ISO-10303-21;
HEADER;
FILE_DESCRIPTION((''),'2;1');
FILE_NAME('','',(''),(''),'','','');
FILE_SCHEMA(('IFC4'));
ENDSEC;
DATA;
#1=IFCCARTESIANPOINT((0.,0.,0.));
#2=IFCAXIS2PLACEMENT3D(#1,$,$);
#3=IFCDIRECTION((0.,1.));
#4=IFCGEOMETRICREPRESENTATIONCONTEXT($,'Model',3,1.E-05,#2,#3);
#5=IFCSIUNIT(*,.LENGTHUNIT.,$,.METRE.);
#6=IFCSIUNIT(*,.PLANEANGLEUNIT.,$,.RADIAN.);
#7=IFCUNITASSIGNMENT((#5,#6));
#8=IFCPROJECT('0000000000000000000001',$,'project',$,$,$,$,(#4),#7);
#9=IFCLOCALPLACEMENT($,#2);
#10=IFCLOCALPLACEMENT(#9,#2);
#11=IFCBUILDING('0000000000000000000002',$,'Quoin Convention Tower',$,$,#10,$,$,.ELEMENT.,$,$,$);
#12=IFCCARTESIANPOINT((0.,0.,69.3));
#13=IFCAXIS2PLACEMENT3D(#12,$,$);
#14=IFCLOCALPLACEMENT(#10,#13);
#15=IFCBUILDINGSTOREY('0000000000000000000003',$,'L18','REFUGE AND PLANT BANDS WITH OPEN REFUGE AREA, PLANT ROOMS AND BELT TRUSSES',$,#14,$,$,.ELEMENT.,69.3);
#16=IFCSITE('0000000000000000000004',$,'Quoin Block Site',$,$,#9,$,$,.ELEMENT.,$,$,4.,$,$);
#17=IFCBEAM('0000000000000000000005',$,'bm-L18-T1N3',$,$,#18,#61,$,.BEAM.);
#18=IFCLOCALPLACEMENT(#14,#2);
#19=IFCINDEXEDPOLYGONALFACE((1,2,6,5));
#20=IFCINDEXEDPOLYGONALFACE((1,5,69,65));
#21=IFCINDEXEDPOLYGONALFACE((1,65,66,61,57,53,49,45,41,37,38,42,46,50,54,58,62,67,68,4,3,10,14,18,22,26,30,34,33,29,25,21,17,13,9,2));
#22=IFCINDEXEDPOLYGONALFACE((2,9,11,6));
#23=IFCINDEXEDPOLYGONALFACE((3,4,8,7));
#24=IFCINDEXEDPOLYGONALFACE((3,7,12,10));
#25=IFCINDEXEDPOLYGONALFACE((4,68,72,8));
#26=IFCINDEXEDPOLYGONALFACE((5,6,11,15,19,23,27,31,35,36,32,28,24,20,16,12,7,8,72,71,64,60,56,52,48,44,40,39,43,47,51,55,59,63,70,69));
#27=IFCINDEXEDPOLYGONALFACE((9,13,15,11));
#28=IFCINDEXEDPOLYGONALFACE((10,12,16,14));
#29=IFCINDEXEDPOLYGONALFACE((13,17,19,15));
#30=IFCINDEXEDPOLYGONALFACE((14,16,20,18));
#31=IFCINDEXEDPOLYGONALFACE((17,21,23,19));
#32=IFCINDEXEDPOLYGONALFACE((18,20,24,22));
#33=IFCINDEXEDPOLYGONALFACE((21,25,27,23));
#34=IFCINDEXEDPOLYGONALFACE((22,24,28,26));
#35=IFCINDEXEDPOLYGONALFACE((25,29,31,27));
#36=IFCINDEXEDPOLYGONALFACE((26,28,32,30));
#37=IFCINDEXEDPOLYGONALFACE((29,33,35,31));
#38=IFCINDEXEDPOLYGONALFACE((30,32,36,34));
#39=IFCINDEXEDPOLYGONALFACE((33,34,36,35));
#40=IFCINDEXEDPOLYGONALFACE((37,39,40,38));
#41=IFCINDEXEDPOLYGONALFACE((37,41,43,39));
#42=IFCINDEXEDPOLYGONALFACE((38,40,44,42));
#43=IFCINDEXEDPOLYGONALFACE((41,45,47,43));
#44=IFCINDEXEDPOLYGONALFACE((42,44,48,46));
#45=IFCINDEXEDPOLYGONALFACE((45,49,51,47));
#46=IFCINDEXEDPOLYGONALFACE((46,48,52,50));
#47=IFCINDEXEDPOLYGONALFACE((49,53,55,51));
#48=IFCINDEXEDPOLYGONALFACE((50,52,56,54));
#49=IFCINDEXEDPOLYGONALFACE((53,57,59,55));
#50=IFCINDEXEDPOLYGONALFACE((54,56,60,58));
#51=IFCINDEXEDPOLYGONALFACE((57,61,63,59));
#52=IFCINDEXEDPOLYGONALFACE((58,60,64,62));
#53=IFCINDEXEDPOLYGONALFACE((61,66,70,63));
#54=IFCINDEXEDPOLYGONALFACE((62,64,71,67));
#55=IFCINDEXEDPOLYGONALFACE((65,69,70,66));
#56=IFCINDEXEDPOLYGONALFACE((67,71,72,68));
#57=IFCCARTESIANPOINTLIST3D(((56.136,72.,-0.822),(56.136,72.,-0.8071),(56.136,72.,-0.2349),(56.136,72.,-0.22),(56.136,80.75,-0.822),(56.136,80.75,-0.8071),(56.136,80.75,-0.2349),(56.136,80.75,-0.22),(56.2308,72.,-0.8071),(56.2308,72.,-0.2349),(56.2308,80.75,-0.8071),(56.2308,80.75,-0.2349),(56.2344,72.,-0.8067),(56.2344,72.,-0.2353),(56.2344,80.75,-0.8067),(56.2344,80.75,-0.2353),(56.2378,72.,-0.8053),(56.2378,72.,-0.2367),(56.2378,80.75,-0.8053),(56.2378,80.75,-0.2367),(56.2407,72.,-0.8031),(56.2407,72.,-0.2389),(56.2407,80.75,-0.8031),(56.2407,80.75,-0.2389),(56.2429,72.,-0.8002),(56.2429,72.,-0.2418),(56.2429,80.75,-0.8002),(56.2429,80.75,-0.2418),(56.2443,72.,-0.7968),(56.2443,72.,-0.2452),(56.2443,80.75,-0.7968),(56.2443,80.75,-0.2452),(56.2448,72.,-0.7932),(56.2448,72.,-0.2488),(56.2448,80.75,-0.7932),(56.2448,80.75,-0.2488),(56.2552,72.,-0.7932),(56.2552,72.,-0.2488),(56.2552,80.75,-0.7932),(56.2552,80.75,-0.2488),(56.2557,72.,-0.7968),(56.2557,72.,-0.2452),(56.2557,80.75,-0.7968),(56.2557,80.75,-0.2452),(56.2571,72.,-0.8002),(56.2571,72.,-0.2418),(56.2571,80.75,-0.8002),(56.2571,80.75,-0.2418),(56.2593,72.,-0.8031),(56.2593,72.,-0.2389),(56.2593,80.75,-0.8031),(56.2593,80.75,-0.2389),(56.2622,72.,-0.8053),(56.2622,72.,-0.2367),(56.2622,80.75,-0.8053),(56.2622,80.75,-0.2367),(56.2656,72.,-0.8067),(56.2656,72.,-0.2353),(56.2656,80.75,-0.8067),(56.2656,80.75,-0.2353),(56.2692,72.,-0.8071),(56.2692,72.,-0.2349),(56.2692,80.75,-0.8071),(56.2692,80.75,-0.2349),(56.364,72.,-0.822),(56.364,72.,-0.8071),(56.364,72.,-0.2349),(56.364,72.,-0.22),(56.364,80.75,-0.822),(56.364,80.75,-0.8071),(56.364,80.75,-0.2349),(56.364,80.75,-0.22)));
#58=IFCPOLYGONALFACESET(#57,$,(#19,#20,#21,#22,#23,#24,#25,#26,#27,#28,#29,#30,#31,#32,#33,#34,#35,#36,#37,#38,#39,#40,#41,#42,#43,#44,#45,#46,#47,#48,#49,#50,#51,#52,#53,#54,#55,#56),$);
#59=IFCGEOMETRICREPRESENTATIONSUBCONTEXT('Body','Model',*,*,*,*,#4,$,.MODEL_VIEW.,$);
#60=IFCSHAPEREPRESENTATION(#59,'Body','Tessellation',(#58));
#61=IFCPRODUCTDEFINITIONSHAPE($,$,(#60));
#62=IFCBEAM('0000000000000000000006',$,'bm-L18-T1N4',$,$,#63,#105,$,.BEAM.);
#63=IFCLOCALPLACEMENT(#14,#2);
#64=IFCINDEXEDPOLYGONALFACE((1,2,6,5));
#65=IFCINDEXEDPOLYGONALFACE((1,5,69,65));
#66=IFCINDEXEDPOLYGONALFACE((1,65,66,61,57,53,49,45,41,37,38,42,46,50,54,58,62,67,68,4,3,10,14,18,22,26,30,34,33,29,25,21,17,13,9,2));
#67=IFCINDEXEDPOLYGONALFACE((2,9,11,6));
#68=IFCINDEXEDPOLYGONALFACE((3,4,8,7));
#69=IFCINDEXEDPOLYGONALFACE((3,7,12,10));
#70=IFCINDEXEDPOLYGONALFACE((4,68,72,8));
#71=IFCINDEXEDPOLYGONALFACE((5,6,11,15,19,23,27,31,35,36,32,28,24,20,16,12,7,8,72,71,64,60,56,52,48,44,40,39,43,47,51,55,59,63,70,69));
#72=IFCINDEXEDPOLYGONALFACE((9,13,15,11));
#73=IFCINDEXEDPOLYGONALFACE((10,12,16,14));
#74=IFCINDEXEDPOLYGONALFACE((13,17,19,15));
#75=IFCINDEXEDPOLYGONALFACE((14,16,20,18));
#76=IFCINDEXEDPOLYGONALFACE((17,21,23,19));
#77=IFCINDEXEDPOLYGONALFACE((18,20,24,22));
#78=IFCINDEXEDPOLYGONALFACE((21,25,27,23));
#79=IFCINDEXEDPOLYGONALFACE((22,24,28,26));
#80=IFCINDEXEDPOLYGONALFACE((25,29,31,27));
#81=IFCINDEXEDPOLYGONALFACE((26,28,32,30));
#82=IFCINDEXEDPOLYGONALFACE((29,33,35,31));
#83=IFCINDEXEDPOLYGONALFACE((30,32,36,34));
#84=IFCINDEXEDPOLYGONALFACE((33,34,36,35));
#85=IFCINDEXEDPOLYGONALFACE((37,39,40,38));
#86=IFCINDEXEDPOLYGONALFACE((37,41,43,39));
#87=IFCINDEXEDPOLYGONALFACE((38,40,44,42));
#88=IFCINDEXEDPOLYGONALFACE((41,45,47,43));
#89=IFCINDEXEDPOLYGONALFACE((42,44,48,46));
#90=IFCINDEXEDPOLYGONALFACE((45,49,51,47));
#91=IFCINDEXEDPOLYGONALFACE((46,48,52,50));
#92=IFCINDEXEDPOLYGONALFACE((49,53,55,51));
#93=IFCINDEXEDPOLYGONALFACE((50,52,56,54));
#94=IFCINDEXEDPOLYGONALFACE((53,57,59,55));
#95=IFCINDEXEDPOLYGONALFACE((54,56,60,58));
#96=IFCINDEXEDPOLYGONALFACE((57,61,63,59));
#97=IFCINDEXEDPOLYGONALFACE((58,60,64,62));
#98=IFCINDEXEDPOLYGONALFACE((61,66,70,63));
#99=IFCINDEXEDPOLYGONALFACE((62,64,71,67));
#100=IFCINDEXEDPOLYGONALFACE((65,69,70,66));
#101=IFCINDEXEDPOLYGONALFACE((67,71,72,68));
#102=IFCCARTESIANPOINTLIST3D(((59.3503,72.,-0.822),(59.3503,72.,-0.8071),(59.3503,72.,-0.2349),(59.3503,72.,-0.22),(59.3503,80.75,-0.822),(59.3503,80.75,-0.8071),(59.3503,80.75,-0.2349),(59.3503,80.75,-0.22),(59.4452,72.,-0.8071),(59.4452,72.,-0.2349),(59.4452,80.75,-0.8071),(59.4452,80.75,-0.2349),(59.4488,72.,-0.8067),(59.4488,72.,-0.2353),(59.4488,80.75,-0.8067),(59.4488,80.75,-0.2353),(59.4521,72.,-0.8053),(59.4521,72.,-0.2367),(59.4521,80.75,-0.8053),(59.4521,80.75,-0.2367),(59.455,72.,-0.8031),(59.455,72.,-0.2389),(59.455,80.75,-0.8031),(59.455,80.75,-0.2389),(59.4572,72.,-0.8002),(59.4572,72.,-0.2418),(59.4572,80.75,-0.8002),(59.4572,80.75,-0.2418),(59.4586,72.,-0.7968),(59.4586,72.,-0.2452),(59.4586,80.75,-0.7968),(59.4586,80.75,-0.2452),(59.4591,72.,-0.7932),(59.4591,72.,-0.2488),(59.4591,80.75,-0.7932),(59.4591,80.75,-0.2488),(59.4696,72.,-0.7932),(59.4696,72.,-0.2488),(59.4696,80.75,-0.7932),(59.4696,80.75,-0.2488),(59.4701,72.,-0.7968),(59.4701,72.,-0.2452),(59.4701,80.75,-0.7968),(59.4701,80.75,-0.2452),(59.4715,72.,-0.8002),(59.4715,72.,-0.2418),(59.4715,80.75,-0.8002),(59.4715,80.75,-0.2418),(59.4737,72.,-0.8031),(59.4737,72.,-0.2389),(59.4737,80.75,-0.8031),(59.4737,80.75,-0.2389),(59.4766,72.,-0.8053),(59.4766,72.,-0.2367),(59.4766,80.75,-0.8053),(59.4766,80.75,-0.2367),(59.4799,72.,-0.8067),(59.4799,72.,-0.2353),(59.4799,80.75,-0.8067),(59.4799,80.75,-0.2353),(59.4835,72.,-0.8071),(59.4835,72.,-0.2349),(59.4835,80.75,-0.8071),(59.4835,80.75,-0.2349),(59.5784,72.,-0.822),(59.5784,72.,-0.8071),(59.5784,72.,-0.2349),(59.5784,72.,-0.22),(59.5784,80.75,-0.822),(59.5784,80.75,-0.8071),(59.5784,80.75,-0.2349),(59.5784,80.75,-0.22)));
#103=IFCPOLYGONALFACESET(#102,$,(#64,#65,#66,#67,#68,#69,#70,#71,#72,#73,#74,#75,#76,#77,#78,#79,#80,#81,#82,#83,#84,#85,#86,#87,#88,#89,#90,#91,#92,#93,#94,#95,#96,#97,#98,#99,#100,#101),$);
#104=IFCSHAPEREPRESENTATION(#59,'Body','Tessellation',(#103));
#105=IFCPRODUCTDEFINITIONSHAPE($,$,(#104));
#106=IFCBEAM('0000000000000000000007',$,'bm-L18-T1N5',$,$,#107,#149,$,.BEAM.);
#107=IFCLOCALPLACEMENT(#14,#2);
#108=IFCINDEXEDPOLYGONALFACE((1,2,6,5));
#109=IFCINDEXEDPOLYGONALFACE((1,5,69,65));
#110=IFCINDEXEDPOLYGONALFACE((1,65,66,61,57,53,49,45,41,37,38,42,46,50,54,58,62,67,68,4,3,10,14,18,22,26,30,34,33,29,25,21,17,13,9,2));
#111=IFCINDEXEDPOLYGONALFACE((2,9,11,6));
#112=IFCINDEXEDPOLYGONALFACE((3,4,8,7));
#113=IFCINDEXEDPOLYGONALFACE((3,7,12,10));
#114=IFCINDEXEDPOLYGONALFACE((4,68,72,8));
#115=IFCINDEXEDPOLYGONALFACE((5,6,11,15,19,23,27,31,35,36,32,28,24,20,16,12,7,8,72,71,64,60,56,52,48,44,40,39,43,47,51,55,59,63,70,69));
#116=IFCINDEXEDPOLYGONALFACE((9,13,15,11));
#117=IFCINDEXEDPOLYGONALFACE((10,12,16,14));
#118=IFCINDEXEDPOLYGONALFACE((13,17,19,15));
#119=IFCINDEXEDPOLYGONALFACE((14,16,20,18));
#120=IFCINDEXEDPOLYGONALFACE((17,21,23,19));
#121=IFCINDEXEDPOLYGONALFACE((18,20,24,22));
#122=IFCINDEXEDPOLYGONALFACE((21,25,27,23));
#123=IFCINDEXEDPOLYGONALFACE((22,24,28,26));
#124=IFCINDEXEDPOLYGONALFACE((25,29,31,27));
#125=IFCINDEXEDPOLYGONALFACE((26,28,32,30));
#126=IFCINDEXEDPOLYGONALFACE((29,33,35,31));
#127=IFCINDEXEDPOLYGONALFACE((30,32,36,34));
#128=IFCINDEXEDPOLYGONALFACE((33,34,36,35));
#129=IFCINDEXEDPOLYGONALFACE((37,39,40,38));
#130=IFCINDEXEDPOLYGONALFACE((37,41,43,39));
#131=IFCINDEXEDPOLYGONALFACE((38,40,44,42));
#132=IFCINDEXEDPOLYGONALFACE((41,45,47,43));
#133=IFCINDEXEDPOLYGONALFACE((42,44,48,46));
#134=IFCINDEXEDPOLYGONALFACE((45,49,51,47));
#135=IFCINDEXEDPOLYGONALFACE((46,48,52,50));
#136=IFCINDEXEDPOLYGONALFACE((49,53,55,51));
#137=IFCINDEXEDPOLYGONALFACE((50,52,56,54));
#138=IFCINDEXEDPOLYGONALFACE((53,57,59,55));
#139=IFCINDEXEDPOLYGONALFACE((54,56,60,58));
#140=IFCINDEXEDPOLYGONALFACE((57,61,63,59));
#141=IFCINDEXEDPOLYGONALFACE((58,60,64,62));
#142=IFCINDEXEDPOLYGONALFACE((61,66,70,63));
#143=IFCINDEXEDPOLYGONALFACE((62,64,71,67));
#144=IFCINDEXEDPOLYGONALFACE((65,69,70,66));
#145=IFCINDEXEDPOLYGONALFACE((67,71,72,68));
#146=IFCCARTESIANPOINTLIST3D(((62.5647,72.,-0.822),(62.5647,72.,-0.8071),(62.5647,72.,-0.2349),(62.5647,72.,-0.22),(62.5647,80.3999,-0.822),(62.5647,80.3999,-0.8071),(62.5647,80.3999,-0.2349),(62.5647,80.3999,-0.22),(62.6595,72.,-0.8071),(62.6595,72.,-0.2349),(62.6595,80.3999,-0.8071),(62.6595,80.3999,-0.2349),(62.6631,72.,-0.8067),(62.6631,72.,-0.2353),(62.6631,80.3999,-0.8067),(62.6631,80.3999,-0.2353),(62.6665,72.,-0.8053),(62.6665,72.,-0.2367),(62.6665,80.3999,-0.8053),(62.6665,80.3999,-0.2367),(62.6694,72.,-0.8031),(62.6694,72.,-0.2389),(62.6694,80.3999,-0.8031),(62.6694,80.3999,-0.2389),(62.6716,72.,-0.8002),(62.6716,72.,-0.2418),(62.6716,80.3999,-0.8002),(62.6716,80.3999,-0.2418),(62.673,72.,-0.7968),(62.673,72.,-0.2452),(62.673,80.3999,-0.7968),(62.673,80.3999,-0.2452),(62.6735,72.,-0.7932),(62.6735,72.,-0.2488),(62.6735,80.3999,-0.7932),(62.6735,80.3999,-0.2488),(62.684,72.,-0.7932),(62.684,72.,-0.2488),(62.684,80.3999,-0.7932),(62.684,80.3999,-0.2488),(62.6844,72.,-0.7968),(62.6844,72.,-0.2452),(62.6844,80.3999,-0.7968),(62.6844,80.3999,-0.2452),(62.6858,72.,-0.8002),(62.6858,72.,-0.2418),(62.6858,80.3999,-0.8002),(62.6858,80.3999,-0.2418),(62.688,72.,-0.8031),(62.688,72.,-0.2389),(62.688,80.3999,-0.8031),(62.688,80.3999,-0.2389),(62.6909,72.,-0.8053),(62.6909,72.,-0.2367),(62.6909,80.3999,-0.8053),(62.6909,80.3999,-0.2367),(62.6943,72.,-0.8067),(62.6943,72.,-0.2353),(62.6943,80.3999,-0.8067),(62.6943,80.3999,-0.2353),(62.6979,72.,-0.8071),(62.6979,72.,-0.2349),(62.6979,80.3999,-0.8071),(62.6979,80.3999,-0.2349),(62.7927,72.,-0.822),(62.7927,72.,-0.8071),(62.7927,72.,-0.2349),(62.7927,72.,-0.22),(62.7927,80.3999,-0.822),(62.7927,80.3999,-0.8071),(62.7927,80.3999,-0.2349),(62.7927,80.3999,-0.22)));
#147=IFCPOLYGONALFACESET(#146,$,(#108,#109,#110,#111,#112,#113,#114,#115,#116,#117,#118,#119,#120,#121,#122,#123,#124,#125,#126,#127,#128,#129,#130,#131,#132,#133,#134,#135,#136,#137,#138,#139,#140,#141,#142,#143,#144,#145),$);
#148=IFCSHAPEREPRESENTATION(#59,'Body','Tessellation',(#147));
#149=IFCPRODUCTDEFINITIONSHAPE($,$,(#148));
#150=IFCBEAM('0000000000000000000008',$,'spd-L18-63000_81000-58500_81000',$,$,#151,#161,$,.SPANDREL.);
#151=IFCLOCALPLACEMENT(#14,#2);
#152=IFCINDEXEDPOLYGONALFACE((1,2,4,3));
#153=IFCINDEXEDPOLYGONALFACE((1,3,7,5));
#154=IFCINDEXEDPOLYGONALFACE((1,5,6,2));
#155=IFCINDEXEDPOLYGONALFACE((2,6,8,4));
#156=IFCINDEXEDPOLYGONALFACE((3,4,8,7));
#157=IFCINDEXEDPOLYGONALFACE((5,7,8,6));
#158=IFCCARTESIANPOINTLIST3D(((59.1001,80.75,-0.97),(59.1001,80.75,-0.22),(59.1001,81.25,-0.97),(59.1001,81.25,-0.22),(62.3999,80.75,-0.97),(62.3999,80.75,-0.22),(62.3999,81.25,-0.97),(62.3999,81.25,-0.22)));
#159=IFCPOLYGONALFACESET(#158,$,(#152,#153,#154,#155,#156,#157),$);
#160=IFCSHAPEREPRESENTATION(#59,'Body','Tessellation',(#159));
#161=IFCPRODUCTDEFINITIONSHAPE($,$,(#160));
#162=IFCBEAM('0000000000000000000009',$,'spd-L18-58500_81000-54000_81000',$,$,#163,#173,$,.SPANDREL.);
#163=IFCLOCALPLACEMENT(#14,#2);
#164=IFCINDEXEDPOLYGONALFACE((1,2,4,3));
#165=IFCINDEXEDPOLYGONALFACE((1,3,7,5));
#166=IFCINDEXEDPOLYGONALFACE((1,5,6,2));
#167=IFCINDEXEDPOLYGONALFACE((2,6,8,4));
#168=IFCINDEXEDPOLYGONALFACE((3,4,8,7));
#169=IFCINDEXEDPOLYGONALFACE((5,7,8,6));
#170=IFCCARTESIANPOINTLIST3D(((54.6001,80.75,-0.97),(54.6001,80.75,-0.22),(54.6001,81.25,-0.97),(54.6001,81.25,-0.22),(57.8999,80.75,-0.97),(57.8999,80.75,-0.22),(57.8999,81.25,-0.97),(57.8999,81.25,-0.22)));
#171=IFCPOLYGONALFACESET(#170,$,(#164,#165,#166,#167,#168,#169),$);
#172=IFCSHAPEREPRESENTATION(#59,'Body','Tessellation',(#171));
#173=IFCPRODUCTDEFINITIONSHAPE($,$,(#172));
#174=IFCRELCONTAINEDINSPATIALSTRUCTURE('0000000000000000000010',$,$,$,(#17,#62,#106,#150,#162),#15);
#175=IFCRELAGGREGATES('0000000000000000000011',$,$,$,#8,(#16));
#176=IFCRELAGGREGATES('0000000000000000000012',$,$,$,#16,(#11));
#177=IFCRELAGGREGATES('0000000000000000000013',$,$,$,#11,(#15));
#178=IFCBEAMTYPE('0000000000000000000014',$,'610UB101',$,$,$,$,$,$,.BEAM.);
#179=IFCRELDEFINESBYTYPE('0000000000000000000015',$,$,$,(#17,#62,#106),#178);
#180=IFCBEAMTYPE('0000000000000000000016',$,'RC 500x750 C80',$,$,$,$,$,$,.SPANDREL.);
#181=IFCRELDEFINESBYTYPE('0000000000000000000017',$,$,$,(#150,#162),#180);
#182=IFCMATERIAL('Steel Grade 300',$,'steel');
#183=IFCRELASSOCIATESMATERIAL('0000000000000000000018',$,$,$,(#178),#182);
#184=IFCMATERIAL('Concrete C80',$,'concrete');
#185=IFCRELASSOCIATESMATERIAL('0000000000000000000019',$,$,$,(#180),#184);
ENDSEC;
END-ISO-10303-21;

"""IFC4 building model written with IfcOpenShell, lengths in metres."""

from ifc_helpers import new_model, si_unit, direction, frame, origin, origin_2d, place, context, subcontext, project, spatial, rectangle, i_section, extrude, material, material_profile, profile_set, type_object, element, save


model = new_model("IFC4")

# Units and contexts
model_context = context("Model", 3, precision=1e-05, world=origin(), true_north=direction((0.0, 1.0)))
body_context = subcontext(model_context, "Body", "Model", "MODEL_VIEW")
ifc_project = project(units=[si_unit("LENGTHUNIT", "METRE"), si_unit("PLANEANGLEUNIT", "RADIAN")], contexts=[model_context])

# Site, building, storey
site_placement = place(None, origin())
site = spatial("IfcSite", under=ifc_project, at=site_placement, Name="Quoin Block Site", CompositionType="ELEMENT", RefElevation=4.0)
building_placement = place(site_placement, origin())
building = spatial("IfcBuilding", under=site, at=building_placement, Name="Quoin Convention Tower", CompositionType="ELEMENT")
storey_placement = place(building_placement, frame((0.0, 0.0, 69.3)))
storey = spatial("IfcBuildingStorey", under=building, at=storey_placement, Name="L18", Description="REFUGE AND PLANT BANDS WITH OPEN REFUGE AREA, PLANT ROOMS AND BELT TRUSSES", CompositionType="ELEMENT", Elevation=69.3)

# Shared definitions
ifc_material_1 = material(Name="Concrete C80", Category="concrete")

# Shared definitions
ifc_material_2 = material(Name="Steel Grade 300", Category="steel")

# Beams
ifc_material_profile_1 = material_profile(ifc_material_2, i_section(OverallWidth=0.228, OverallDepth=0.6021, WebThickness=0.0105, FlangeThickness=0.0149, FilletRadius=0.0139, at=origin_2d()), Name="610UB101")
ifc_profile_set_1 = profile_set([ifc_material_profile_1], Name="Steel Grade 300")
beam_type_1 = type_object("IfcBeamType", Name="610UB101", PredefinedType="BEAM", material=ifc_profile_set_1)
for number, where, z_axis, x_axis, name in (
    (1, (56.25, 72.0, -0.521), (0.0, 1.0, 0.0), (-1.0, 0.0, 0.0), "bm-L18-T1N3"),
    (2, (59.4644, 72.0, -0.521), (0.0, 1.0, 0.0), (-1.0, 0.0, 0.0), "bm-L18-T1N4"),
):
    element("IfcBeam", number, at=place(storey_placement, frame(where, z_axis=z_axis, x_axis=x_axis)), inside=storey, type_object=beam_type_1, Name=name, PredefinedType="BEAM", context=body_context, shape_type="SweptSolid", body=[
        extrude(i_section(OverallWidth=0.228, OverallDepth=0.6021, WebThickness=0.0105, FlangeThickness=0.0149, FilletRadius=0.0139, at=origin_2d()), origin(), (0.0, 0.0, 1.0), 8.75),
    ])
beam_placement = place(storey_placement, frame((62.6787, 72.0, -0.521), z_axis=(0.0, 1.0, 0.0), x_axis=(-1.0, 0.0, 0.0)))
element("IfcBeam", 3, at=beam_placement, inside=storey, type_object=beam_type_1, Name="bm-L18-T1N5", PredefinedType="BEAM", context=body_context, shape_type="SweptSolid", body=[
    extrude(i_section(OverallWidth=0.228, OverallDepth=0.6021, WebThickness=0.0105, FlangeThickness=0.0149, FilletRadius=0.0139, at=origin_2d()), origin(), (0.0, 0.0, 1.0), 8.3999),
])
ifc_material_profile_2 = material_profile(ifc_material_1, rectangle(XDim=0.5, YDim=0.75, at=origin_2d()), Name="RC 500x750")
ifc_profile_set_2 = profile_set([ifc_material_profile_2], Name="Concrete C80")
beam_type_2 = type_object("IfcBeamType", Name="RC 500x750 C80", PredefinedType="SPANDREL", material=ifc_profile_set_2)
for number, where, z_axis, x_axis, name in (
    (4, (62.3999, 81.0, -0.595), (-1.0, 0.0, 0.0), (0.0, -1.0, 0.0), "spd-L18-63000_81000-58500_81000"),
    (5, (57.8999, 81.0, -0.595), (-1.0, 0.0, 0.0), (0.0, -1.0, 0.0), "spd-L18-58500_81000-54000_81000"),
):
    element("IfcBeam", number, at=place(storey_placement, frame(where, z_axis=z_axis, x_axis=x_axis)), inside=storey, type_object=beam_type_2, Name=name, PredefinedType="SPANDREL", context=body_context, shape_type="SweptSolid", body=[
        extrude(rectangle(XDim=0.5, YDim=0.75, at=origin_2d()), origin(), (0.0, 0.0, 1.0), 3.2998),
    ])

save(model, "model.ifc")
